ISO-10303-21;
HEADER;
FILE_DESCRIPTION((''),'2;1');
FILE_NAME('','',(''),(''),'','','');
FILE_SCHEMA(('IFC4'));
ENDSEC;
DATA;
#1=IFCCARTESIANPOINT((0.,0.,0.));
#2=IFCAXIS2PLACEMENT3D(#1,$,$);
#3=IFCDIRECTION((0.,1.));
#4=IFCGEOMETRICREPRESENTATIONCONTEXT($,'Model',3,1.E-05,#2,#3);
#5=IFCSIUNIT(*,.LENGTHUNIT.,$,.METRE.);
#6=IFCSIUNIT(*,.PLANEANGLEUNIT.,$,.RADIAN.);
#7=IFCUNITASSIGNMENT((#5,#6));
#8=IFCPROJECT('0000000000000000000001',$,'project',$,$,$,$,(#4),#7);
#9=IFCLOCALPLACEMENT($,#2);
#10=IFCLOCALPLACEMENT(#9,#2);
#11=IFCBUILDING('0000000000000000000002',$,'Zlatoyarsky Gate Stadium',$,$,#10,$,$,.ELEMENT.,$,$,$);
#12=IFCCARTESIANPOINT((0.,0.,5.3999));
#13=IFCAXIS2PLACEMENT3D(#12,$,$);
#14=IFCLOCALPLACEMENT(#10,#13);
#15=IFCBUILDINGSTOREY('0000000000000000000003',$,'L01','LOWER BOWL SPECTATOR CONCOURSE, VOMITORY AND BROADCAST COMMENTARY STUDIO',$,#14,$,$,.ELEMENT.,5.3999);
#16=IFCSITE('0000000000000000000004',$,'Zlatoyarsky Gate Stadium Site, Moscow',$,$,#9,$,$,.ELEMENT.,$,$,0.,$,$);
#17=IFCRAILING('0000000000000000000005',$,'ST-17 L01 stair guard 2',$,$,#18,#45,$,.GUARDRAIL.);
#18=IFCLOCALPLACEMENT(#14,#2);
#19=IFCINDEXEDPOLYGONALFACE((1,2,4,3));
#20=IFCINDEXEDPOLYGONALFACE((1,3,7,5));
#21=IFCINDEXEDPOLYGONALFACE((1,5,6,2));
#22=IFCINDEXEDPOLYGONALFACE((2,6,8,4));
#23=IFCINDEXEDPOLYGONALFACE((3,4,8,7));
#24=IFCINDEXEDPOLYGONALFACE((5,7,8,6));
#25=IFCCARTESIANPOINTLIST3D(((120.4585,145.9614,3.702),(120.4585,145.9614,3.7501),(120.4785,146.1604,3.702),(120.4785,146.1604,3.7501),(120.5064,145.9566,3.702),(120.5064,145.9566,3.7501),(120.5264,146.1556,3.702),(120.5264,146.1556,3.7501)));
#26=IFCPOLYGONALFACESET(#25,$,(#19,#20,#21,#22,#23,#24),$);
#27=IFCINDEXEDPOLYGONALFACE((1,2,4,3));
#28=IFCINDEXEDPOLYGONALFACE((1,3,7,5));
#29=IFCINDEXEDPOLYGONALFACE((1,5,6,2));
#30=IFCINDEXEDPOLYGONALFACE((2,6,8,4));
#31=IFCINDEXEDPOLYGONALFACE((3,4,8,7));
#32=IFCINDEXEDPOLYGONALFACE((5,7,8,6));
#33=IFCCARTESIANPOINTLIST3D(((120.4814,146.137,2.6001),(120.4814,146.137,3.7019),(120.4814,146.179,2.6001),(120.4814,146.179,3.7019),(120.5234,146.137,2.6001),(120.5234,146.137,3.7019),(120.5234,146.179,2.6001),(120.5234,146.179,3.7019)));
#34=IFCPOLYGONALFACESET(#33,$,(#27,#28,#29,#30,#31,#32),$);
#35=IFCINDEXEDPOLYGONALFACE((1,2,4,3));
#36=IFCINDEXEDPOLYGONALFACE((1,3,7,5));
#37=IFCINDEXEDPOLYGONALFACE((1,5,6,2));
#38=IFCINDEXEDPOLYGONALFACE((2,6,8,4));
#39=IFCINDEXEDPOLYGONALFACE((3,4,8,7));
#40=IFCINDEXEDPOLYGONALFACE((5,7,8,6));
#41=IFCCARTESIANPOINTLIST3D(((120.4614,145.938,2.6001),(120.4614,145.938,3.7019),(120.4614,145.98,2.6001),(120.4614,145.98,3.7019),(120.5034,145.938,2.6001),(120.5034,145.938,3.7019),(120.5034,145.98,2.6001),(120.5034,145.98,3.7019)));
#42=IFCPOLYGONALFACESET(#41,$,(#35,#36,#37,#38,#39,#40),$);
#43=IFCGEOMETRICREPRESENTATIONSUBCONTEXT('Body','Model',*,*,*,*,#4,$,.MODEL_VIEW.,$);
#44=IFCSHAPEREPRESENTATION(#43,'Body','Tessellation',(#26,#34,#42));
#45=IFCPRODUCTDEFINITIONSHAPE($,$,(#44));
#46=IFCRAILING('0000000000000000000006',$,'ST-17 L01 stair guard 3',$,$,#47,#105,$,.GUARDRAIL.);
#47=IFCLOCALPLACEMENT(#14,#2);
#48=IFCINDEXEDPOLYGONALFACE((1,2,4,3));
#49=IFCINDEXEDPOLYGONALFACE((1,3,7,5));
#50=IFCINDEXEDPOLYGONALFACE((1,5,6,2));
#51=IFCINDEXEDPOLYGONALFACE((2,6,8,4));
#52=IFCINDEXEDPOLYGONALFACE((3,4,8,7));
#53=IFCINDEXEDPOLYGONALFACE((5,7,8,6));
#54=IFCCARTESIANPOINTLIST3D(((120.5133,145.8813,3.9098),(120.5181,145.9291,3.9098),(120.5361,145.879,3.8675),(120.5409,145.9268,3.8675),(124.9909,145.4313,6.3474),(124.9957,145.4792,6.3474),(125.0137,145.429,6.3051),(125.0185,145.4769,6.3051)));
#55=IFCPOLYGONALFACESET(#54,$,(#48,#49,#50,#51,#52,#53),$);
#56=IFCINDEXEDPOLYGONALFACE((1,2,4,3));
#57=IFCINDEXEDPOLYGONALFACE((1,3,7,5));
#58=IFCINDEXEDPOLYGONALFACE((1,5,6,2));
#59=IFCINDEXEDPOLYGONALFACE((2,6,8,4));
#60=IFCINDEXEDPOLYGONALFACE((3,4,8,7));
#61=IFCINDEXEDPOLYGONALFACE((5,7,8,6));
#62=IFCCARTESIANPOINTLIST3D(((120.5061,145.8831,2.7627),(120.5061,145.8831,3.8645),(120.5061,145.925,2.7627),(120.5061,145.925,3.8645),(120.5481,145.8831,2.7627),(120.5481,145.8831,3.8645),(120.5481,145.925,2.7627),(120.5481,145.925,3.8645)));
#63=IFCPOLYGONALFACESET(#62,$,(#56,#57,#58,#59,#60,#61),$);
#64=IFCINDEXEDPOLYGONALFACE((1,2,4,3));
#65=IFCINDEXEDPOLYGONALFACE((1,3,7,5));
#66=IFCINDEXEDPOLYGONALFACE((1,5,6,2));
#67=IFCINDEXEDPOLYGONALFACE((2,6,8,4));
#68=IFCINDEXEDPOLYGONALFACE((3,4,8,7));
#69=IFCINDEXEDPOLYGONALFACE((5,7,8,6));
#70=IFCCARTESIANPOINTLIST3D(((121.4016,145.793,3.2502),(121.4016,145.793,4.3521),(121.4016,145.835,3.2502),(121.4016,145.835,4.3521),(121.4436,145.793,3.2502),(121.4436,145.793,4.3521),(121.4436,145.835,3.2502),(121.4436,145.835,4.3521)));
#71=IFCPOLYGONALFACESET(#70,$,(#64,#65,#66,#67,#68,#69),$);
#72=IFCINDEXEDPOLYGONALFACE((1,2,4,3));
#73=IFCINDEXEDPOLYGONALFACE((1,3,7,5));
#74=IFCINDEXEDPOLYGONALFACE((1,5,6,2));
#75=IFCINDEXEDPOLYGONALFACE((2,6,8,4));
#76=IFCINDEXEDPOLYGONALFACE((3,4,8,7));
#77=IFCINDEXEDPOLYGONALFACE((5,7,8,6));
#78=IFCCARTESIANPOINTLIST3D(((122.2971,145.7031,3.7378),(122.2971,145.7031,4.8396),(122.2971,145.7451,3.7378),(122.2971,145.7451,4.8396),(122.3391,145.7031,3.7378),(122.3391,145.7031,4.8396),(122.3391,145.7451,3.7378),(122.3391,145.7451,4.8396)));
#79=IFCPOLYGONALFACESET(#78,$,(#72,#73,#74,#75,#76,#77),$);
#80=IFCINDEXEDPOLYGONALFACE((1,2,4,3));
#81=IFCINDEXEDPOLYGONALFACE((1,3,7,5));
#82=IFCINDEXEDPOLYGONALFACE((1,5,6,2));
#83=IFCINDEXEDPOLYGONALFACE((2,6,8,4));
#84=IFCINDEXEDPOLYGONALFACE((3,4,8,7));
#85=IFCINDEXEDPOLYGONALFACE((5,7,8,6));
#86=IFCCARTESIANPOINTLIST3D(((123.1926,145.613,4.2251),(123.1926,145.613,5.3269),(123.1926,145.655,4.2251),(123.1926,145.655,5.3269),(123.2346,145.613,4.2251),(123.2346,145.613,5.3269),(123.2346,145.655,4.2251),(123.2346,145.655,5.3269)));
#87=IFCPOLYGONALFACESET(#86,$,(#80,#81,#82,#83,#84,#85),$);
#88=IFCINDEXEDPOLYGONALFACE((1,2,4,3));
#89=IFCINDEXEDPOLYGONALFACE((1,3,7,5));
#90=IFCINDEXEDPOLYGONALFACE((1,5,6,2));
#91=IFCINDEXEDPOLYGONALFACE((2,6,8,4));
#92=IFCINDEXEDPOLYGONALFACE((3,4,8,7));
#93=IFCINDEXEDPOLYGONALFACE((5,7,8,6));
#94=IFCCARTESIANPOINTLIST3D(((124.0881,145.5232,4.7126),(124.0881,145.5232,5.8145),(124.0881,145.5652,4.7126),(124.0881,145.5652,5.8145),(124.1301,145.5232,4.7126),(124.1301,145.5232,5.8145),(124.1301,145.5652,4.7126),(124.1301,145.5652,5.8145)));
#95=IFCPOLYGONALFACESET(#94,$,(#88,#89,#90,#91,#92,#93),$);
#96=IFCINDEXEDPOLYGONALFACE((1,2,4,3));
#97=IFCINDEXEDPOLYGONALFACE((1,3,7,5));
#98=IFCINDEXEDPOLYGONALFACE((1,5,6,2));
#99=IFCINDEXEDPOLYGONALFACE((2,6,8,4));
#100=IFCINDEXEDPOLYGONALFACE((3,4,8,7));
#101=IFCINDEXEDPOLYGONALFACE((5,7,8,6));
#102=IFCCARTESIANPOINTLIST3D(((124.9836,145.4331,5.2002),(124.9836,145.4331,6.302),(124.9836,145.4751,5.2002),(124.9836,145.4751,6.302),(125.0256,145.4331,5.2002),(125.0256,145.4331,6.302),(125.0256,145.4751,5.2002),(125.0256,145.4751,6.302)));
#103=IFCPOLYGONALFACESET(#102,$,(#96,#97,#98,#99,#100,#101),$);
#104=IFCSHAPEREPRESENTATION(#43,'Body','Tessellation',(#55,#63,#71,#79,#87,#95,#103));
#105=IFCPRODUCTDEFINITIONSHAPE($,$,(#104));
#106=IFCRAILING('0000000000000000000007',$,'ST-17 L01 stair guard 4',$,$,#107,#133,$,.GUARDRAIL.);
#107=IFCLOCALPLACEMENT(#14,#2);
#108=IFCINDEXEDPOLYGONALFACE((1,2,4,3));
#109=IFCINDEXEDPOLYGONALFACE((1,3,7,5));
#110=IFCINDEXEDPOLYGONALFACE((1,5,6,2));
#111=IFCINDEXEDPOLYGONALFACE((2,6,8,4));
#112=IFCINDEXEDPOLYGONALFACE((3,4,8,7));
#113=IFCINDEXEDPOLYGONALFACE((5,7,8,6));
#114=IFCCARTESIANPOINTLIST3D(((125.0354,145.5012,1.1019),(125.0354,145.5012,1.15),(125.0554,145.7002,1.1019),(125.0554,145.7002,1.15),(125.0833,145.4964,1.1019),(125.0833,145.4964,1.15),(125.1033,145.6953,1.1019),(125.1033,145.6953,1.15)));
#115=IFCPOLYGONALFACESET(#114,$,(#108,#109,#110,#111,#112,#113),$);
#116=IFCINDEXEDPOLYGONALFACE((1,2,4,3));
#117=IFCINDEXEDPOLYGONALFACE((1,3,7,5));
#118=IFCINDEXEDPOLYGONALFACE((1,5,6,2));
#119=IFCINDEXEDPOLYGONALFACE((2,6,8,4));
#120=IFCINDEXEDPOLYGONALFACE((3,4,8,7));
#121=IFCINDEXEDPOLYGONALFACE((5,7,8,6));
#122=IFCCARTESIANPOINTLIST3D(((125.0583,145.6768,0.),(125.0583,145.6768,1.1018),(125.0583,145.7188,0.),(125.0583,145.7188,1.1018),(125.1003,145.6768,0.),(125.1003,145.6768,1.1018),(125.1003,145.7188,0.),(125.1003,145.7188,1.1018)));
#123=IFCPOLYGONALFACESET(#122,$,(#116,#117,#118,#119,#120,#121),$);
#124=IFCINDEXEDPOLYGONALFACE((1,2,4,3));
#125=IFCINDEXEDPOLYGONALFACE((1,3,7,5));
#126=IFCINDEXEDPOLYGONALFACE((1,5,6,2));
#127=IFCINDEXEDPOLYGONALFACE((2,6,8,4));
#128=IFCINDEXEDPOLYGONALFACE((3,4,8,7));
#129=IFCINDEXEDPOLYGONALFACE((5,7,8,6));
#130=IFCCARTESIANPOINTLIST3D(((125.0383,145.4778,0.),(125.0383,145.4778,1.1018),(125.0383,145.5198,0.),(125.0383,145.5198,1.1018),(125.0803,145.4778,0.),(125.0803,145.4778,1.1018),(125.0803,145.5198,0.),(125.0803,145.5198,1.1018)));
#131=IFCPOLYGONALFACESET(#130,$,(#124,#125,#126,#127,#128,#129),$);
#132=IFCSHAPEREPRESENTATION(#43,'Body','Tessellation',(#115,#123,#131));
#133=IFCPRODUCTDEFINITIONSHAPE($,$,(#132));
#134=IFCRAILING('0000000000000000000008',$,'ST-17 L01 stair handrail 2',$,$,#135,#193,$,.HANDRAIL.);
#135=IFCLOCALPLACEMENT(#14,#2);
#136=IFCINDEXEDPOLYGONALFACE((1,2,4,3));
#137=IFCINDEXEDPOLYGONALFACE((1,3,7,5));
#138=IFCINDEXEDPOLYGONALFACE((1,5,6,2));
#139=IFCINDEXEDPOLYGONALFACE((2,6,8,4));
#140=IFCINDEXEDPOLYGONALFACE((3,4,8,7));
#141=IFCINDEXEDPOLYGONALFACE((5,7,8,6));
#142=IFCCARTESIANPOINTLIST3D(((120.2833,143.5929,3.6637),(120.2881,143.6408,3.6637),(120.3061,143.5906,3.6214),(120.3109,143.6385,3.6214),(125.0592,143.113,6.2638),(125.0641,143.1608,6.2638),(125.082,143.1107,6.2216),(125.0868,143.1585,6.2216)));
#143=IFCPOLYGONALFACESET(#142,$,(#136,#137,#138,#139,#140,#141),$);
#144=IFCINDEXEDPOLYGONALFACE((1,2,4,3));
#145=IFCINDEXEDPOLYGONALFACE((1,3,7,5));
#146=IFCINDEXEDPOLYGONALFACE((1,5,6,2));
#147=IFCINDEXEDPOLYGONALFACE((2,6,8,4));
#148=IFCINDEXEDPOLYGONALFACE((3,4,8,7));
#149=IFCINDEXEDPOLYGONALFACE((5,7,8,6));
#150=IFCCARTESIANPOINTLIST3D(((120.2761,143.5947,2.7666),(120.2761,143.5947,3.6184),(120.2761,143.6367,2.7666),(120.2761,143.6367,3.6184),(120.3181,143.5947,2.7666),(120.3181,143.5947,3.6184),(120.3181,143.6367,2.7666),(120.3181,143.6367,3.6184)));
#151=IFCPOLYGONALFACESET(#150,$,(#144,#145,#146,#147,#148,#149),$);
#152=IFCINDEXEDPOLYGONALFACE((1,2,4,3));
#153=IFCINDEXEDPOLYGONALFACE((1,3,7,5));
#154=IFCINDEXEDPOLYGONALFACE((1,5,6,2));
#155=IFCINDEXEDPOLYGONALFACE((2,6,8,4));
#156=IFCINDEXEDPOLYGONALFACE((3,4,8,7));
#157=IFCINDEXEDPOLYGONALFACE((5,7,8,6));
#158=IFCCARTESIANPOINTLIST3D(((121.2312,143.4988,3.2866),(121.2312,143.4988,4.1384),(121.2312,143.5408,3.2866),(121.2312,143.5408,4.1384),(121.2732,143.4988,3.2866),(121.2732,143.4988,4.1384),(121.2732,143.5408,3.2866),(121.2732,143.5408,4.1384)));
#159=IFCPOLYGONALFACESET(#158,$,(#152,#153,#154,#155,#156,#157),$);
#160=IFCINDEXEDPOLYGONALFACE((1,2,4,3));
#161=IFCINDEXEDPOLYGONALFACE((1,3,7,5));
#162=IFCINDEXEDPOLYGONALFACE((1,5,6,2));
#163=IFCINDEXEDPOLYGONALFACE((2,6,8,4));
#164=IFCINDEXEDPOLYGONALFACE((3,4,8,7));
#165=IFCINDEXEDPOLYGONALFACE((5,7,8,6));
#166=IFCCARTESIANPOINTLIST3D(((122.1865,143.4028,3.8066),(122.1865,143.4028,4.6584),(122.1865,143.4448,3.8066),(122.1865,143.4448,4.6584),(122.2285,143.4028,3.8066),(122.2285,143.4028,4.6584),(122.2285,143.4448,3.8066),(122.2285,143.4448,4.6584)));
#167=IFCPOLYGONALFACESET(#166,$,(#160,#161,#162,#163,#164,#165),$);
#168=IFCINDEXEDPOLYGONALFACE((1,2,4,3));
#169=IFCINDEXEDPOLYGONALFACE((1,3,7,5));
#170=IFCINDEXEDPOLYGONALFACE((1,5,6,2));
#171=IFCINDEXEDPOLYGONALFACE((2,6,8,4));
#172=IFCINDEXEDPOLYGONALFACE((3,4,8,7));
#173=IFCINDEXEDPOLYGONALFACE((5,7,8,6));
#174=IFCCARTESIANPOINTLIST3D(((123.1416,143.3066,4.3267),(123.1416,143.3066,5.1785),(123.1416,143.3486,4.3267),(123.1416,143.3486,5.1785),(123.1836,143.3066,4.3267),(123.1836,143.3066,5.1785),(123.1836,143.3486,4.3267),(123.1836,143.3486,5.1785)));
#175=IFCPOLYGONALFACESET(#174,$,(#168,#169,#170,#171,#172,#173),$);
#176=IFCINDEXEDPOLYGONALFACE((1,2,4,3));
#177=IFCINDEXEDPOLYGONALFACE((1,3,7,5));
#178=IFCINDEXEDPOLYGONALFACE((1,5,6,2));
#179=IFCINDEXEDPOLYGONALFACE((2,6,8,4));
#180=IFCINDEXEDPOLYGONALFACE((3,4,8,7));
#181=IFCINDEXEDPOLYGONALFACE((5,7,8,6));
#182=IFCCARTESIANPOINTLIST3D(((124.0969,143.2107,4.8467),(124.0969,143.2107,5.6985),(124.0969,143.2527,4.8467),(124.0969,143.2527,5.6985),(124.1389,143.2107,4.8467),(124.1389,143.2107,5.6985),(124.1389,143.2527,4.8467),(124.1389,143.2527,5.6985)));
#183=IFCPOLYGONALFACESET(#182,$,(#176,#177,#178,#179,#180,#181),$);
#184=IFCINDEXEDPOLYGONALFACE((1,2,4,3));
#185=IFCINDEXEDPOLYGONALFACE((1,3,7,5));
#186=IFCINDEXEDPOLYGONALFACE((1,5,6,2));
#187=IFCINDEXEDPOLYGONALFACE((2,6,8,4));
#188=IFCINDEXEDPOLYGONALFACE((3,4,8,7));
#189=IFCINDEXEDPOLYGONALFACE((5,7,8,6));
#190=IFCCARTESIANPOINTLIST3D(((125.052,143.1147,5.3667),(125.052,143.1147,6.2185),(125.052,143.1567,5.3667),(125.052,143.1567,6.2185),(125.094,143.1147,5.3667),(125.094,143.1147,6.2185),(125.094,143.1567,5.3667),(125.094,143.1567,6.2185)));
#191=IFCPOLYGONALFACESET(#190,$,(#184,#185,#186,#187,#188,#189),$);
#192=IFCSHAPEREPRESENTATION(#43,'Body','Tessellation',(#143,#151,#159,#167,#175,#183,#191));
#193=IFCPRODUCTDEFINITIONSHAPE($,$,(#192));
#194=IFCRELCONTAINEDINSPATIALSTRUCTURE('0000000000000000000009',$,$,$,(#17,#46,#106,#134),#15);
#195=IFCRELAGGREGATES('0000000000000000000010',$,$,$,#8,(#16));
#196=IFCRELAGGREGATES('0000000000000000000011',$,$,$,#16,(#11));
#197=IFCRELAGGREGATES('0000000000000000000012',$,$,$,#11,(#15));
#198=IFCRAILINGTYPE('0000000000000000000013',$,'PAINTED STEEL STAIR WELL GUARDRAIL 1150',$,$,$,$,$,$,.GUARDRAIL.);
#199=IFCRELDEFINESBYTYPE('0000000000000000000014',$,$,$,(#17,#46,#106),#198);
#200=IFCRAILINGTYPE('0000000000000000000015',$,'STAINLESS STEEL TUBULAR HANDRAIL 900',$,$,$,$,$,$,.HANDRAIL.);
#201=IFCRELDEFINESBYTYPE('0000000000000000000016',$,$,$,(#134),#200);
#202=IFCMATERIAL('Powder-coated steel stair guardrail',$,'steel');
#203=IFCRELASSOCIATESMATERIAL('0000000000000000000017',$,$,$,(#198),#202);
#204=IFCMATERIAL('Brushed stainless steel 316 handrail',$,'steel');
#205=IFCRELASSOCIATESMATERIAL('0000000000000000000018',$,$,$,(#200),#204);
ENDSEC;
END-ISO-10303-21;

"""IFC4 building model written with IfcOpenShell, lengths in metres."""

from ifc_helpers import new_model, si_unit, direction, frame, origin, origin_2d, place, context, subcontext, project, spatial, rectangle, extrude, material, type_object, element, save


model = new_model("IFC4")

# Units and contexts
model_context = context("Model", 3, precision=1e-05, world=origin(), true_north=direction((0.0, 1.0)))
body_context = subcontext(model_context, "Body", "Model", "MODEL_VIEW")
ifc_project = project(units=[si_unit("LENGTHUNIT", "METRE"), si_unit("PLANEANGLEUNIT", "RADIAN")], contexts=[model_context])

# Site, building, storey
site_placement = place(None, origin())
site = spatial("IfcSite", under=ifc_project, at=site_placement, Name="Zlatoyarsky Gate Stadium Site, Moscow", CompositionType="ELEMENT", RefElevation=0.0)
building_placement = place(site_placement, origin())
building = spatial("IfcBuilding", under=site, at=building_placement, Name="Zlatoyarsky Gate Stadium", CompositionType="ELEMENT")
storey_placement = place(building_placement, frame((0.0, 0.0, 5.3999)))
storey = spatial("IfcBuildingStorey", under=building, at=storey_placement, Name="L01", Description="LOWER BOWL SPECTATOR CONCOURSE, VOMITORY AND BROADCAST COMMENTARY STUDIO", CompositionType="ELEMENT", Elevation=5.3999)

# Railings
ifc_material_1 = material(Name="Powder-coated steel stair guardrail", Category="steel")
railing_type_1 = type_object("IfcRailingType", Name="PAINTED STEEL STAIR WELL GUARDRAIL 1150", PredefinedType="GUARDRAIL", material=ifc_material_1)
railing_1_placement = place(storey_placement, frame((120.5024, 146.158, 2.6001)))
element("IfcRailing", 1, at=railing_1_placement, inside=storey, type_object=railing_type_1, Name="ST-17 L01 stair guard 2", PredefinedType="GUARDRAIL", context=body_context, shape_type="SweptSolid", body=[
    extrude(rectangle(XDim=0.0481, YDim=0.0481, at=origin_2d()), frame((0.0, 0.0, 1.126), z_axis=(-0.100108, -0.994977, 0.0), x_axis=(0.994977, -0.100108, 0.0)), (0.0, 0.0, 1.0), 0.2),
    extrude(rectangle(XDim=0.042, YDim=0.042, at=origin_2d()), origin(), (0.0, 0.0, 1.0), 1.1018),
    extrude(rectangle(XDim=0.042, YDim=0.042, at=origin_2d()), frame((-0.02, -0.199, 0.0)), (0.0, 0.0, 1.0), 1.1018),
])
railing_2_placement = place(storey_placement, frame((120.5271, 145.9041, 2.7627)))
element("IfcRailing", 2, at=railing_2_placement, inside=storey, type_object=railing_type_1, Name="ST-17 L01 stair guard 3", PredefinedType="GUARDRAIL", context=body_context, shape_type="SweptSolid", body=[
    extrude(rectangle(XDim=0.0481, YDim=0.0481, at=origin_2d()), frame((0.0, 0.0, 1.126), z_axis=(0.87489, -0.087918, 0.476276), x_axis=(0.099987, 0.994989, 0.0)), (0.0, 0.0, 1.0), 5.1179),
    extrude(rectangle(XDim=0.042, YDim=0.042, at=origin_2d()), origin(), (0.0, 0.0, 1.0), 1.1018),
    extrude(rectangle(XDim=0.042, YDim=0.042, at=origin_2d()), frame((0.8955, -0.0901, 0.4875)), (0.0, 0.0, 1.0), 1.1018),
    extrude(rectangle(XDim=0.042, YDim=0.042, at=origin_2d()), frame((1.791, -0.1799, 0.9751)), (0.0, 0.0, 1.0), 1.1018),
    extrude(rectangle(XDim=0.042, YDim=0.042, at=origin_2d()), frame((2.6865, -0.27, 1.4624)), (0.0, 0.0, 1.0), 1.1018),
    extrude(rectangle(XDim=0.042, YDim=0.042, at=origin_2d()), frame((3.582, -0.3599, 1.95)), (0.0, 0.0, 1.0), 1.1018),
    extrude(rectangle(XDim=0.042, YDim=0.042, at=origin_2d()), frame((4.4775, -0.45, 2.4375)), (0.0, 0.0, 1.0), 1.1018),
])
railing_3_placement = place(storey_placement, frame((125.0793, 145.6978, 0.0)))
element("IfcRailing", 3, at=railing_3_placement, inside=storey, type_object=railing_type_1, Name="ST-17 L01 stair guard 4", PredefinedType="GUARDRAIL", context=body_context, shape_type="SweptSolid", body=[
    extrude(rectangle(XDim=0.0481, YDim=0.0481, at=origin_2d()), frame((0.0, 0.0, 1.126), z_axis=(-0.100108, -0.994977, 0.0), x_axis=(0.994977, -0.100108, 0.0)), (0.0, 0.0, 1.0), 0.2),
    extrude(rectangle(XDim=0.042, YDim=0.042, at=origin_2d()), origin(), (0.0, 0.0, 1.0), 1.1018),
    extrude(rectangle(XDim=0.042, YDim=0.042, at=origin_2d()), frame((-0.02, -0.199, 0.0)), (0.0, 0.0, 1.0), 1.1018),
])
ifc_material_2 = material(Name="Brushed stainless steel 316 handrail", Category="steel")
railing_type_2 = type_object("IfcRailingType", Name="STAINLESS STEEL TUBULAR HANDRAIL 900", PredefinedType="HANDRAIL", material=ifc_material_2)
railing_4_placement = place(storey_placement, frame((120.2971, 143.6157, 2.7666)))
element("IfcRailing", 4, at=railing_4_placement, inside=storey, type_object=railing_type_2, Name="ST-17 L01 stair handrail 2", PredefinedType="HANDRAIL", context=body_context, shape_type="SweptSolid", body=[
    extrude(rectangle(XDim=0.0481, YDim=0.0481, at=origin_2d()), frame((0.0, 0.0, 0.876), z_axis=(0.874875, -0.087926, 0.476302), x_axis=(0.099997, 0.994988, 0.0)), (0.0, 0.0, 1.0), 5.459),
    extrude(rectangle(XDim=0.042, YDim=0.042, at=origin_2d()), origin(), (0.0, 0.0, 1.0), 0.8518),
    extrude(rectangle(XDim=0.042, YDim=0.042, at=origin_2d()), frame((0.9551, -0.0959, 0.52)), (0.0, 0.0, 1.0), 0.8518),
    extrude(rectangle(XDim=0.042, YDim=0.042, at=origin_2d()), frame((1.9104, -0.1919, 1.04)), (0.0, 0.0, 1.0), 0.8518),
    extrude(rectangle(XDim=0.042, YDim=0.042, at=origin_2d()), frame((2.8655, -0.2881, 1.5601)), (0.0, 0.0, 1.0), 0.8518),
    extrude(rectangle(XDim=0.042, YDim=0.042, at=origin_2d()), frame((3.8208, -0.384, 2.0801)), (0.0, 0.0, 1.0), 0.8518),
    extrude(rectangle(XDim=0.042, YDim=0.042, at=origin_2d()), frame((4.7759, -0.48, 2.6001)), (0.0, 0.0, 1.0), 0.8518),
])

save(model, "model.ifc")
